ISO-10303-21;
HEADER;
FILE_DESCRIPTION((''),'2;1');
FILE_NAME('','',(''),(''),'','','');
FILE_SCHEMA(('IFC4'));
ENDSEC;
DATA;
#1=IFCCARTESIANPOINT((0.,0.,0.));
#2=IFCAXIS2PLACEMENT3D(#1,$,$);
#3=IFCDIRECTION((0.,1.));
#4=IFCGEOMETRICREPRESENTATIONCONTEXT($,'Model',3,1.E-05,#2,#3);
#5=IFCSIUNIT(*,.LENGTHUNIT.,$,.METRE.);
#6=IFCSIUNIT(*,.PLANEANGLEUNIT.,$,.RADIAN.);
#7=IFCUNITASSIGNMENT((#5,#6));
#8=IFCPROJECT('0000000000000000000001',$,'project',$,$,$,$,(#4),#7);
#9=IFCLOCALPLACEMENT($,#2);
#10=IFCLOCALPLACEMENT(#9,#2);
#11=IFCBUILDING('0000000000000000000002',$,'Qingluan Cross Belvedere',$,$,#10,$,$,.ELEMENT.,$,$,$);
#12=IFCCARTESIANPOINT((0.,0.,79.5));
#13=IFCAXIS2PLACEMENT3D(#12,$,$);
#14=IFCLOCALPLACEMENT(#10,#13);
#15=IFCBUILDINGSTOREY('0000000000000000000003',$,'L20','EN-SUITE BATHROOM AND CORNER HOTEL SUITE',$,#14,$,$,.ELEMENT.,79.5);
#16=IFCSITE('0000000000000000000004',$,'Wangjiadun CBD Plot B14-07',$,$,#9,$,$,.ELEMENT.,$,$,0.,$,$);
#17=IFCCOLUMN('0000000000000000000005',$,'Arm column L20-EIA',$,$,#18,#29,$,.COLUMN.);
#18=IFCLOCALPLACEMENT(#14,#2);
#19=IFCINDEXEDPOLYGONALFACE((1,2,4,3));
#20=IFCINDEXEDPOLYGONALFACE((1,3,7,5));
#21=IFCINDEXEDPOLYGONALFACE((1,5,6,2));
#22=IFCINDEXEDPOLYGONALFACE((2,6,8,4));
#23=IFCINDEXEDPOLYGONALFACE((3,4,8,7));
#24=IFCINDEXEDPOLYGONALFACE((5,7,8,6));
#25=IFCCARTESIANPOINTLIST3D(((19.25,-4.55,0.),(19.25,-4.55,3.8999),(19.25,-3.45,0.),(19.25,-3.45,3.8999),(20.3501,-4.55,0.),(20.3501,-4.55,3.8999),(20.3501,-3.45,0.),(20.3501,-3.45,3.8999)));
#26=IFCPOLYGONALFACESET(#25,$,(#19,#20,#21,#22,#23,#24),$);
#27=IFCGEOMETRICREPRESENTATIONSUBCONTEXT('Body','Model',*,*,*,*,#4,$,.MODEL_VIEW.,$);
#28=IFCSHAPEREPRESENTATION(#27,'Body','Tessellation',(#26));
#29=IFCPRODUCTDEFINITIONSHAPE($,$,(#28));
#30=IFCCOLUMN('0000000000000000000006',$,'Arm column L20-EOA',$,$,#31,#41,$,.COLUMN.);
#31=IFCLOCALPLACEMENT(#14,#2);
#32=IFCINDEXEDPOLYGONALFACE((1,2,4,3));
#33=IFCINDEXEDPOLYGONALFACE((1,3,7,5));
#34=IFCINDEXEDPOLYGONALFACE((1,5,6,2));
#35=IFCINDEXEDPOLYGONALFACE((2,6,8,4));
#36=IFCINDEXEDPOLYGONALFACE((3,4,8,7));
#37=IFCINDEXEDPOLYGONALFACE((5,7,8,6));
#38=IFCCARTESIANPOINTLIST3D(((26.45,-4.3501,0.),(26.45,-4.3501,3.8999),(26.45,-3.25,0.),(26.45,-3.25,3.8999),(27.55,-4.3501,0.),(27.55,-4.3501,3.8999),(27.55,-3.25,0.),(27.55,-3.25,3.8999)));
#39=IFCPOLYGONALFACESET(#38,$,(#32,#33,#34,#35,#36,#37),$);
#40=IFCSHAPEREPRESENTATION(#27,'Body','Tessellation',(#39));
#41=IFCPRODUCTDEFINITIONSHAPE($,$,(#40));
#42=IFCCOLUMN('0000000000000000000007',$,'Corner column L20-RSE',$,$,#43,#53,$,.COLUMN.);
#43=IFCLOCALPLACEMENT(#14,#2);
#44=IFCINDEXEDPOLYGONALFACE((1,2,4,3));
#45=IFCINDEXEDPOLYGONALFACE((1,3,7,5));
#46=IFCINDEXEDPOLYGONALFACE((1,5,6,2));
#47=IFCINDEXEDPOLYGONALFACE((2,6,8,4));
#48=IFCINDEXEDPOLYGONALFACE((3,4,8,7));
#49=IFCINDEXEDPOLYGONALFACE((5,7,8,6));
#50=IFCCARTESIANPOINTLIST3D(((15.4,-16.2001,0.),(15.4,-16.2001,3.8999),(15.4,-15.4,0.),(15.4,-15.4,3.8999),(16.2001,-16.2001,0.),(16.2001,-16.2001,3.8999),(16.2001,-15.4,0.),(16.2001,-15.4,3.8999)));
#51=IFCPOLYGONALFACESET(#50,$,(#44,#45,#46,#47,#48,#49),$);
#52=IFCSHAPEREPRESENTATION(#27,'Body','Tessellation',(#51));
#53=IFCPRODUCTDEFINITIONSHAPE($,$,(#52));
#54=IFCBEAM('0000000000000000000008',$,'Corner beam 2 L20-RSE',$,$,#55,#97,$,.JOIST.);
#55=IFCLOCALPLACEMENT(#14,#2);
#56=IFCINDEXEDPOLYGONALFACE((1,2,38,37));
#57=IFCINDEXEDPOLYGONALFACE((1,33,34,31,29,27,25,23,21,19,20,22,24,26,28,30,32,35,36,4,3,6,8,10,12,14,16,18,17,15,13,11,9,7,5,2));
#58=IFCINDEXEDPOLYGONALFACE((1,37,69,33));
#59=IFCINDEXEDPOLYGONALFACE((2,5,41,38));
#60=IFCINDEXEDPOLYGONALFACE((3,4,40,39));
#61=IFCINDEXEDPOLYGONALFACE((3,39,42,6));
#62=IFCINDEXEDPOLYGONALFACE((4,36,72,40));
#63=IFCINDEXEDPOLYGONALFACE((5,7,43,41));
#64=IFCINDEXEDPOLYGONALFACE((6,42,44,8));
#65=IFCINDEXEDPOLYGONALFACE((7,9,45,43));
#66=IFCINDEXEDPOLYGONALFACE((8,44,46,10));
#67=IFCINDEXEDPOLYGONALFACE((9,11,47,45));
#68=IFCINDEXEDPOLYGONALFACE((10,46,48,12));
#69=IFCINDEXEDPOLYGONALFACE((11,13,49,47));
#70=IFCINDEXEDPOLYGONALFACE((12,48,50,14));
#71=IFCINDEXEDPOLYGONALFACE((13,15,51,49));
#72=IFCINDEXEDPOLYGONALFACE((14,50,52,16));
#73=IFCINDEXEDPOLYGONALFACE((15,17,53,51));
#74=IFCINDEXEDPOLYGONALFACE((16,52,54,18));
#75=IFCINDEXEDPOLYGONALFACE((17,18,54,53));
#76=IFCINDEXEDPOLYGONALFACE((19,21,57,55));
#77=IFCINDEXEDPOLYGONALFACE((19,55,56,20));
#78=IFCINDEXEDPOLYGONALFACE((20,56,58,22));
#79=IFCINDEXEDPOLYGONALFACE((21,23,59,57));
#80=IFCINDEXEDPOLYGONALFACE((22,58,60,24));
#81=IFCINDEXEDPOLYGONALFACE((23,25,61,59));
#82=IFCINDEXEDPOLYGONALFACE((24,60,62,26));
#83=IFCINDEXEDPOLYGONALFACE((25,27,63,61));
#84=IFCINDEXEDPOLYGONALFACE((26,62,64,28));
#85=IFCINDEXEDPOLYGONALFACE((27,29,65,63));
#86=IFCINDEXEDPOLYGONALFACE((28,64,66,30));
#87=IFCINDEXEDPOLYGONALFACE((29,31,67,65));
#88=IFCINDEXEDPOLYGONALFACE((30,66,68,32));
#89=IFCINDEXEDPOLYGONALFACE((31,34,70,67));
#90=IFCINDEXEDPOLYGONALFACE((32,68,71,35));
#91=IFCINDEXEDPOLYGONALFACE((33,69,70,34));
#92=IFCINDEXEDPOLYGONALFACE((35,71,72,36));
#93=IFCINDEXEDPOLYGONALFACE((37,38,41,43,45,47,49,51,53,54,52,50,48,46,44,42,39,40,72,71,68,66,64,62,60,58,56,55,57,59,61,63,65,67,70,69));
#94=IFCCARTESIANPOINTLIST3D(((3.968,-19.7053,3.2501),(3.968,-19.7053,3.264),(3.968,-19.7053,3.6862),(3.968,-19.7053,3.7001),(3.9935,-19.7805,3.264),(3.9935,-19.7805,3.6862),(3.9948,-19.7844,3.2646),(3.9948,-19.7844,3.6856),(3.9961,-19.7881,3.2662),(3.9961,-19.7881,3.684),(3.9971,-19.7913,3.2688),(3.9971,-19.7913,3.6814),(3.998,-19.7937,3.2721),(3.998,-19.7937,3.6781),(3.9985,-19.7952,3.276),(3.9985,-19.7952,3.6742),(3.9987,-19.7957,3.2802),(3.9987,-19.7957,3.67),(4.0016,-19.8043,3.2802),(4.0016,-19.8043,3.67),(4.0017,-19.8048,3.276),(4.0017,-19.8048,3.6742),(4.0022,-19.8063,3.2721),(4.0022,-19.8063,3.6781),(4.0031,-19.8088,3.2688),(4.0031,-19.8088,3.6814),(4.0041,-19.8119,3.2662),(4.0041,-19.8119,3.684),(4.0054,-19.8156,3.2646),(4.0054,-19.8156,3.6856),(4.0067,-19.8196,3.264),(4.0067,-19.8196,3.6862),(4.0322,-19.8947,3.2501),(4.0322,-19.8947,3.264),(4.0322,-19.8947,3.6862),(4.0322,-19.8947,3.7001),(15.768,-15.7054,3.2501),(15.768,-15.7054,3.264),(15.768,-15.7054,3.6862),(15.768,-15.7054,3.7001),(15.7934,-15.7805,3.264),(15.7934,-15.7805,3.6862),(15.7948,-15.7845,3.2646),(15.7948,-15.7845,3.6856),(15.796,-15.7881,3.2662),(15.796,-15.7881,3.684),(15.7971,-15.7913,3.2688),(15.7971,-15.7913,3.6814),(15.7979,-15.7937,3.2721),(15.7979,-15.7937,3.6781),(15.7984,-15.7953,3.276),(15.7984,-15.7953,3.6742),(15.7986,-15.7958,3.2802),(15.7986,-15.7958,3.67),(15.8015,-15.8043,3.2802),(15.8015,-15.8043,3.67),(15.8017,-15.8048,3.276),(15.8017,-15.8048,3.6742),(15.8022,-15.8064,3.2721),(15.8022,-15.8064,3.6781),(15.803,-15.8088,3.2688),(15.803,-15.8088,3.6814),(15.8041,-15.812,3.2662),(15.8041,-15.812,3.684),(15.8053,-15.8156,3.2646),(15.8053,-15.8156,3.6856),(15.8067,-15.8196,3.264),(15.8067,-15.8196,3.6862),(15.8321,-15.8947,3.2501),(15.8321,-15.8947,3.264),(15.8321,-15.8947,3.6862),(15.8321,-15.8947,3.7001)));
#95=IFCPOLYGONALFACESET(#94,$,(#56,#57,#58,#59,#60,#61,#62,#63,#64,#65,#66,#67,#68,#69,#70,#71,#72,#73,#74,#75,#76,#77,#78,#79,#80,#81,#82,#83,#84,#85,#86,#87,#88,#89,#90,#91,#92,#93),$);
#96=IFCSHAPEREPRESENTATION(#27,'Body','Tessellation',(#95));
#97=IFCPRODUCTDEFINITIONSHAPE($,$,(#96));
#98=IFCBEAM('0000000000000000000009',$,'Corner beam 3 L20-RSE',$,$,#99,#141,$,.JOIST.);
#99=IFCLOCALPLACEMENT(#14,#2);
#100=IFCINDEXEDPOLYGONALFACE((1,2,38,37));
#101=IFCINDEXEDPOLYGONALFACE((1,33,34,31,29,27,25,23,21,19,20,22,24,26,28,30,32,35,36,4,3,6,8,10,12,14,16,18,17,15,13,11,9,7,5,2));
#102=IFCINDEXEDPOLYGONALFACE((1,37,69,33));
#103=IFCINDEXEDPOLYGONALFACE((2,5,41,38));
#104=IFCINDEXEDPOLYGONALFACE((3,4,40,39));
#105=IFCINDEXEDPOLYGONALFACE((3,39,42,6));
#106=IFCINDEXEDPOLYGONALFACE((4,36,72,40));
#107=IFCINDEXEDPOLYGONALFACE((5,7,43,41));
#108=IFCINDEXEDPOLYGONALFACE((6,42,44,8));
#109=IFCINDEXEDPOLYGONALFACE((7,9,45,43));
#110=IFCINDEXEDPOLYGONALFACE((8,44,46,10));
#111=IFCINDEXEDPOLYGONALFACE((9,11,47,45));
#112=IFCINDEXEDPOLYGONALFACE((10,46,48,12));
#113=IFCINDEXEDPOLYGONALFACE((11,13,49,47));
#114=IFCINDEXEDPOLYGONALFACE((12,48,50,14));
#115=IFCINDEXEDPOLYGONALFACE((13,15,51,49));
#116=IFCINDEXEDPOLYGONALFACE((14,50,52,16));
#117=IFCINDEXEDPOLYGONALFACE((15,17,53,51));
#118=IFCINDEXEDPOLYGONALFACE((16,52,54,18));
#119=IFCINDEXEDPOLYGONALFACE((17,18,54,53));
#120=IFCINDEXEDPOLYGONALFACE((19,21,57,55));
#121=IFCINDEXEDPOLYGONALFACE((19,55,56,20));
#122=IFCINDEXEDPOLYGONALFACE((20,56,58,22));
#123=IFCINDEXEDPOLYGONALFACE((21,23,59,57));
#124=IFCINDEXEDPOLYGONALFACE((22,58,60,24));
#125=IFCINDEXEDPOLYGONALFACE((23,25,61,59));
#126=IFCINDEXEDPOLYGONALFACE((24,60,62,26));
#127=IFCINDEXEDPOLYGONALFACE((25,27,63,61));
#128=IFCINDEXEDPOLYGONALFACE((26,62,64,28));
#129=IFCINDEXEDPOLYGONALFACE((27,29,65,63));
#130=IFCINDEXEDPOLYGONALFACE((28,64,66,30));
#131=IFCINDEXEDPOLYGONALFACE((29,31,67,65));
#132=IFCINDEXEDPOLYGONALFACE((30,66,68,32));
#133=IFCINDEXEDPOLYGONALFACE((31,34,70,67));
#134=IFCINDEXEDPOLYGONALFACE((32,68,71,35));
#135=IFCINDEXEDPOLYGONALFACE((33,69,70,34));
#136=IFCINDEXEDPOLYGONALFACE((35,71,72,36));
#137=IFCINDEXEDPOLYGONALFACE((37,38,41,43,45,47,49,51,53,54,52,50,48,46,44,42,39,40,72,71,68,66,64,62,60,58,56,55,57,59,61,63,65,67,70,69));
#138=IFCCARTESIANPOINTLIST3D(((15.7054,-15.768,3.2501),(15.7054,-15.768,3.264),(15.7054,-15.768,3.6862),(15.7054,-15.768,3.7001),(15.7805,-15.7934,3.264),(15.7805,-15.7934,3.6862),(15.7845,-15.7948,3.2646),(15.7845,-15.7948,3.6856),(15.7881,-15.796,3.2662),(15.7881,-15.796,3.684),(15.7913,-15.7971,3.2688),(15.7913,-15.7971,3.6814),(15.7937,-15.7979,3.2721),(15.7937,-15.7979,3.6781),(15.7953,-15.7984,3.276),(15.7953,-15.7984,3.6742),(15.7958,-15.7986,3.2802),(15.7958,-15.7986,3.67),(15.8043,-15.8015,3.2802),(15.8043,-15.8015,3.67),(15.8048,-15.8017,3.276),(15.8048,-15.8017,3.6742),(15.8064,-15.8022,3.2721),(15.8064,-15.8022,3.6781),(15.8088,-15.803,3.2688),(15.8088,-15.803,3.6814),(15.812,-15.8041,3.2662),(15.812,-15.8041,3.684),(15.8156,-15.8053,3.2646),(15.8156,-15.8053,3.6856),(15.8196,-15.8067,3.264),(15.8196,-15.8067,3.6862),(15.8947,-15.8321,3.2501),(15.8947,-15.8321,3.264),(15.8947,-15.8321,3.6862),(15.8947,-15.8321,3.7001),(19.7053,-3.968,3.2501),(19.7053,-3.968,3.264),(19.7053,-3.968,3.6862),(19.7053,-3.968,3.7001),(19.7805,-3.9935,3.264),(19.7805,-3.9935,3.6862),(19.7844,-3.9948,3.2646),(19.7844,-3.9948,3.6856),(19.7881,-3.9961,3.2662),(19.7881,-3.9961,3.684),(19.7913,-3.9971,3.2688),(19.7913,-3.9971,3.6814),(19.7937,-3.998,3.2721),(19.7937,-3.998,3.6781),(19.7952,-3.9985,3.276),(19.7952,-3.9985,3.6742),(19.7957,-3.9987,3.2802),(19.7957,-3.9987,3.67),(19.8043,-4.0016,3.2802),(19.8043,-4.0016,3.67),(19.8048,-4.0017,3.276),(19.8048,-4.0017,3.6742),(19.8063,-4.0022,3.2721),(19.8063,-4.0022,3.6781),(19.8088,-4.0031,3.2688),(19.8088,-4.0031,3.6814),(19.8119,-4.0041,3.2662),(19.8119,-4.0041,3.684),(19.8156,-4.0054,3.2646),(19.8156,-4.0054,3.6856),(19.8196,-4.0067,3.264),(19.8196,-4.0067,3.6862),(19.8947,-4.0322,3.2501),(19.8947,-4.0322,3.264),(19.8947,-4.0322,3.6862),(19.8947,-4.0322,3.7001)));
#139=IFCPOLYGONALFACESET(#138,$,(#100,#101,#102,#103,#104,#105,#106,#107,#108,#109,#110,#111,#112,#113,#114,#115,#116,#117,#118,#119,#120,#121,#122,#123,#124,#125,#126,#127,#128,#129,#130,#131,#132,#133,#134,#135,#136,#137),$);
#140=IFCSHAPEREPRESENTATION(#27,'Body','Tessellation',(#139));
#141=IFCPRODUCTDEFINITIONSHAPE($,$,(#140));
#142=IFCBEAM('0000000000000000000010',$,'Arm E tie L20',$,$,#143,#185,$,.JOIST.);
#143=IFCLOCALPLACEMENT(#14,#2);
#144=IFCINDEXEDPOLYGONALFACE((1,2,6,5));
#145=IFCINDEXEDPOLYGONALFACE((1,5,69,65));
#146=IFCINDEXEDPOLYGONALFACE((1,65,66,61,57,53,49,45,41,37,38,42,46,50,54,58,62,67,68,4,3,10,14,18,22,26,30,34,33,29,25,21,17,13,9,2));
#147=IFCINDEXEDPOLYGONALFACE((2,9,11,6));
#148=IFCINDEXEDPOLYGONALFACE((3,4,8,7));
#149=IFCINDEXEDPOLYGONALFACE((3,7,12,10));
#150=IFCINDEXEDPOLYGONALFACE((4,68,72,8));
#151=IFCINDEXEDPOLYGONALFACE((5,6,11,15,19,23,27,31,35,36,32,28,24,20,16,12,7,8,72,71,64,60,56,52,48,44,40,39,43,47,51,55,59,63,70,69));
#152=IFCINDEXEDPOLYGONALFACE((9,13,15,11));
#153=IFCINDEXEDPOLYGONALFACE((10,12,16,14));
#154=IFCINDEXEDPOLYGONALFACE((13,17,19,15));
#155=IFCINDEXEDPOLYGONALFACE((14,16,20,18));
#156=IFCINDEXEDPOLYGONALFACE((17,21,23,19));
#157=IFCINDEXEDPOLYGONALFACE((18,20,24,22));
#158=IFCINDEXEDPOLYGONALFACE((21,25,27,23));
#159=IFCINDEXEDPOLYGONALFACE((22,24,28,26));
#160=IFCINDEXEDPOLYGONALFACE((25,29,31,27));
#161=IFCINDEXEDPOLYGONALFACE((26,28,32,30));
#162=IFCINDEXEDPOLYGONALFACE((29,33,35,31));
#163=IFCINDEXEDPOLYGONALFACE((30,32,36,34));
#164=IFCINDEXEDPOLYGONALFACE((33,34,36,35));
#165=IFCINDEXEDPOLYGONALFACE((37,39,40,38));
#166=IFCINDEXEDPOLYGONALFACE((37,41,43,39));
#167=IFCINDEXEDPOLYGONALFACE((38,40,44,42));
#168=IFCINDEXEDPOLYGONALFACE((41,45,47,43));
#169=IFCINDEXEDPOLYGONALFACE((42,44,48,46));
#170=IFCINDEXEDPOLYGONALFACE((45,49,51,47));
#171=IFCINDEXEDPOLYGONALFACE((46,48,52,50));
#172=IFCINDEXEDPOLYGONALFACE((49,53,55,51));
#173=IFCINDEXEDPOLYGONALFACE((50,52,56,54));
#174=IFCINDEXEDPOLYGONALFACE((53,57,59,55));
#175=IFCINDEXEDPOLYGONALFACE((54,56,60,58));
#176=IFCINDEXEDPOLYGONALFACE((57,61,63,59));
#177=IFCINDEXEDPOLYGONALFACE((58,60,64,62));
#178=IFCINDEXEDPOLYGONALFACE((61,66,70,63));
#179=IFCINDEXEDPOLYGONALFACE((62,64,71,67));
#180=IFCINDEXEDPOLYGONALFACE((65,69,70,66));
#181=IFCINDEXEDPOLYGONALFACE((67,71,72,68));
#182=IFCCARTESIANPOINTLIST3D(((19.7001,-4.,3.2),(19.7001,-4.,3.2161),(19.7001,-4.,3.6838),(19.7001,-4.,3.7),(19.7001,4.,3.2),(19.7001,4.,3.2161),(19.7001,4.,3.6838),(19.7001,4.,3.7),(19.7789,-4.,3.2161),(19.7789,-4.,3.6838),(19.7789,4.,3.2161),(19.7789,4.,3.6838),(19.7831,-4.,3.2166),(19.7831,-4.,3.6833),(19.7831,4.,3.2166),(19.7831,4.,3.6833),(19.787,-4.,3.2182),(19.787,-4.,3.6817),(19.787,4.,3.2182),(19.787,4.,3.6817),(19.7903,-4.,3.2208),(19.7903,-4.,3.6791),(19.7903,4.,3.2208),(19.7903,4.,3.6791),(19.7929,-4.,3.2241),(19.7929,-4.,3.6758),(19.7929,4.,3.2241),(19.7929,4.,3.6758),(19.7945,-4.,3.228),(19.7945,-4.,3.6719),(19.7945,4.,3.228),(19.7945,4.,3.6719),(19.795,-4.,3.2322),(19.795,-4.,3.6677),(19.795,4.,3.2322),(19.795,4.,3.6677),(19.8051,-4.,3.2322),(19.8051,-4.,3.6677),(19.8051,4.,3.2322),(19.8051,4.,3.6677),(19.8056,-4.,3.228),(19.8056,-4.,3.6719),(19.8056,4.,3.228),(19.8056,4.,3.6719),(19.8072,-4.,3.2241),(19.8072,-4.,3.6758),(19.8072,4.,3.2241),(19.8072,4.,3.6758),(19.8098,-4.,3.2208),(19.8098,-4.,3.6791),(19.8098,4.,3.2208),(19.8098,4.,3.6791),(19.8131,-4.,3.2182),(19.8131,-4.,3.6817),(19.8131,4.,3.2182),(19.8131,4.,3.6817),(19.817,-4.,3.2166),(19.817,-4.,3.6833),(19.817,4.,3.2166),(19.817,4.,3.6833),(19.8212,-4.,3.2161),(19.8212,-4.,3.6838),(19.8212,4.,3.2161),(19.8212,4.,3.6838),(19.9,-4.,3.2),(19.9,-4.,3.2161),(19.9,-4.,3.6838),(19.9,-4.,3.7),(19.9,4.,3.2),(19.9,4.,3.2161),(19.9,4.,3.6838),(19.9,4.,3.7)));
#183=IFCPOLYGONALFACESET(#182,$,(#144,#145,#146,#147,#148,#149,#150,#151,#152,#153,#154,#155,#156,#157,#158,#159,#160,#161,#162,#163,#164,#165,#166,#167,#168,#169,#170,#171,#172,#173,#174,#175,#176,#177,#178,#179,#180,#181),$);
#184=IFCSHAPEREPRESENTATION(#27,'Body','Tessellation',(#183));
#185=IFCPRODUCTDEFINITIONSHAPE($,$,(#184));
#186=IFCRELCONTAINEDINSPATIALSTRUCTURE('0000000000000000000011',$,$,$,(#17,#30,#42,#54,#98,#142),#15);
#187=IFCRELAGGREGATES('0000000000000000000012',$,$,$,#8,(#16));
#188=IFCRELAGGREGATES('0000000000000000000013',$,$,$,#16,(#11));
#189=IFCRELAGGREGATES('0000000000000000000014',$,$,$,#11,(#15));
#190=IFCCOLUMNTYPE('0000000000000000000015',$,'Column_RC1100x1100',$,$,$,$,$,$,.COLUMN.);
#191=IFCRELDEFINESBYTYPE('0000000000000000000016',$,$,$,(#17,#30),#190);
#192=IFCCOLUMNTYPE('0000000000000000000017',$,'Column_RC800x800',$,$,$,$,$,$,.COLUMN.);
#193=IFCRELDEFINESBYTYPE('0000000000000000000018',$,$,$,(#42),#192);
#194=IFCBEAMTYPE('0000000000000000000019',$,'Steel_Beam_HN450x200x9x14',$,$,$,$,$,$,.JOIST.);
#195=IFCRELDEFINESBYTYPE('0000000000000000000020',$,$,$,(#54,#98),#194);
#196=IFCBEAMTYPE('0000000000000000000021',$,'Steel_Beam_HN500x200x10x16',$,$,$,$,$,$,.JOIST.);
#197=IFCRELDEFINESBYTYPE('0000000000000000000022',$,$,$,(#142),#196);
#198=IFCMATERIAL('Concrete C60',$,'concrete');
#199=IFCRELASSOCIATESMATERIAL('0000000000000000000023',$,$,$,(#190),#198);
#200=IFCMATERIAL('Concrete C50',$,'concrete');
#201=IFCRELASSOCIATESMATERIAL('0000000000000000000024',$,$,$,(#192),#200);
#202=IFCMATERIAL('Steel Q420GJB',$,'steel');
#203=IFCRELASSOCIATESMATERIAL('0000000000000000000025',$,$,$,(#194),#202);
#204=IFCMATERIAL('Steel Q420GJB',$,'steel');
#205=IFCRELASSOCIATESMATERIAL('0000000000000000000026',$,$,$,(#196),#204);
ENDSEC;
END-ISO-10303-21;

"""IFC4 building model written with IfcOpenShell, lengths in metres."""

from ifc_helpers import new_model, si_unit, direction, frame, origin, origin_2d, place, context, subcontext, project, spatial, rectangle, i_section, extrude, material, material_profile, profile_set, type_object, element, save


model = new_model("IFC4")

# Units and contexts
model_context = context("Model", 3, precision=1e-05, world=origin(), true_north=direction((0.0, 1.0)))
body_context = subcontext(model_context, "Body", "Model", "MODEL_VIEW")
ifc_project = project(units=[si_unit("LENGTHUNIT", "METRE"), si_unit("PLANEANGLEUNIT", "RADIAN")], contexts=[model_context])

# Site, building, storey
site_placement = place(None, origin())
site = spatial("IfcSite", under=ifc_project, at=site_placement, Name="Wangjiadun CBD Plot B14-07", CompositionType="ELEMENT", RefElevation=0.0)
building_placement = place(site_placement, origin())
building = spatial("IfcBuilding", under=site, at=building_placement, Name="Qingluan Cross Belvedere", CompositionType="ELEMENT")
storey_placement = place(building_placement, frame((0.0, 0.0, 79.5)))
storey = spatial("IfcBuildingStorey", under=building, at=storey_placement, Name="L20", Description="EN-SUITE BATHROOM AND CORNER HOTEL SUITE", CompositionType="ELEMENT", Elevation=79.5)

# Columns
ifc_material_1 = material(Name="Concrete C60", Category="concrete")
ifc_material_profile_1 = material_profile(ifc_material_1, rectangle(XDim=1.1001, YDim=1.1001, at=origin_2d()), Name="RC1100x1100")
ifc_profile_set_1 = profile_set([ifc_material_profile_1], Name="Concrete C60")
column_type_1 = type_object("IfcColumnType", Name="Column_RC1100x1100", PredefinedType="COLUMN", material=ifc_profile_set_1)
for number, where, z_axis, x_axis, name in (
    (1, (19.8, -4.0, 0.0), (0.0, 0.0, 1.0), (1.0, 0.0, 0.0), "Arm column L20-EIA"),
    (2, (27.0, -3.8, 0.0), (0.0, 0.0, 1.0), (1.0, 0.0, 0.0), "Arm column L20-EOA"),
):
    element("IfcColumn", number, at=place(storey_placement, frame(where, z_axis=z_axis, x_axis=x_axis)), inside=storey, type_object=column_type_1, Name=name, PredefinedType="COLUMN", context=body_context, shape_type="SweptSolid", body=[
        extrude(rectangle(XDim=1.1001, YDim=1.1001, at=origin_2d()), origin(), (0.0, 0.0, 1.0), 3.8999),
    ])
ifc_material_2 = material(Name="Concrete C50", Category="concrete")
ifc_material_profile_2 = material_profile(ifc_material_2, rectangle(XDim=0.8, YDim=0.8, at=origin_2d()), Name="RC800x800")
ifc_profile_set_2 = profile_set([ifc_material_profile_2], Name="Concrete C50")
column_type_2 = type_object("IfcColumnType", Name="Column_RC800x800", PredefinedType="COLUMN", material=ifc_profile_set_2)
column_placement = place(storey_placement, frame((15.8, -15.8, 0.0), z_axis=(0.0, 0.0, 1.0), x_axis=(1.0, 0.0, 0.0)))
element("IfcColumn", 3, at=column_placement, inside=storey, type_object=column_type_2, Name="Corner column L20-RSE", PredefinedType="COLUMN", context=body_context, shape_type="SweptSolid", body=[
    extrude(rectangle(XDim=0.8, YDim=0.8, at=origin_2d()), origin(), (0.0, 0.0, 1.0), 3.8999),
])

# Beams
ifc_material_3 = material(Name="Steel Q420GJB", Category="steel")
ifc_material_profile_3 = material_profile(ifc_material_3, i_section(OverallWidth=0.2, OverallDepth=0.45, WebThickness=0.009, FlangeThickness=0.0139, FilletRadius=0.0161, at=origin_2d()), Name="HN450x200x9x14")
ifc_profile_set_3 = profile_set([ifc_material_profile_3], Name="Steel Q420GJB")
beam_type_1 = type_object("IfcBeamType", Name="Steel_Beam_HN450x200x9x14", PredefinedType="JOIST", material=ifc_profile_set_3)
for number, where, z_axis, x_axis, name in (
    (4, (15.8, -15.8, 3.4751), (-0.947066, -0.321038, 0.0), (0.321038, -0.947066, 0.0), "Corner beam 2 L20-RSE"),
    (5, (15.8, -15.8, 3.4751), (0.321038, 0.947066, 0.0), (-0.947066, 0.321038, 0.0), "Corner beam 3 L20-RSE"),
):
    element("IfcBeam", number, at=place(storey_placement, frame(where, z_axis=z_axis, x_axis=x_axis)), inside=storey, type_object=beam_type_1, Name=name, PredefinedType="JOIST", context=body_context, shape_type="SweptSolid", body=[
        extrude(i_section(OverallWidth=0.2, OverallDepth=0.45, WebThickness=0.009, FlangeThickness=0.0139, FilletRadius=0.0161, at=origin_2d()), origin(), (0.0, 0.0, 1.0), 12.4595),
    ])
ifc_material_4 = material(Name="Steel Q420GJB", Category="steel")
ifc_material_profile_4 = material_profile(ifc_material_4, i_section(OverallWidth=0.2, OverallDepth=0.5, WebThickness=0.01, FlangeThickness=0.0161, FilletRadius=0.0161, at=origin_2d()), Name="HN500x200x10x16")
ifc_profile_set_4 = profile_set([ifc_material_profile_4], Name="Steel Q420GJB")
beam_type_2 = type_object("IfcBeamType", Name="Steel_Beam_HN500x200x10x16", PredefinedType="JOIST", material=ifc_profile_set_4)
beam_1_placement = place(storey_placement, frame((19.8, -4.0, 3.45), z_axis=(0.0, 1.0, 0.0), x_axis=(-1.0, 0.0, 0.0)))
element("IfcBeam", 6, at=beam_1_placement, inside=storey, type_object=beam_type_2, Name="Arm E tie L20", PredefinedType="JOIST", context=body_context, shape_type="SweptSolid", body=[
    extrude(i_section(OverallWidth=0.2, OverallDepth=0.5, WebThickness=0.01, FlangeThickness=0.0161, FilletRadius=0.0161, at=origin_2d()), origin(), (0.0, 0.0, 1.0), 8.0),
])

save(model, "model.ifc")
